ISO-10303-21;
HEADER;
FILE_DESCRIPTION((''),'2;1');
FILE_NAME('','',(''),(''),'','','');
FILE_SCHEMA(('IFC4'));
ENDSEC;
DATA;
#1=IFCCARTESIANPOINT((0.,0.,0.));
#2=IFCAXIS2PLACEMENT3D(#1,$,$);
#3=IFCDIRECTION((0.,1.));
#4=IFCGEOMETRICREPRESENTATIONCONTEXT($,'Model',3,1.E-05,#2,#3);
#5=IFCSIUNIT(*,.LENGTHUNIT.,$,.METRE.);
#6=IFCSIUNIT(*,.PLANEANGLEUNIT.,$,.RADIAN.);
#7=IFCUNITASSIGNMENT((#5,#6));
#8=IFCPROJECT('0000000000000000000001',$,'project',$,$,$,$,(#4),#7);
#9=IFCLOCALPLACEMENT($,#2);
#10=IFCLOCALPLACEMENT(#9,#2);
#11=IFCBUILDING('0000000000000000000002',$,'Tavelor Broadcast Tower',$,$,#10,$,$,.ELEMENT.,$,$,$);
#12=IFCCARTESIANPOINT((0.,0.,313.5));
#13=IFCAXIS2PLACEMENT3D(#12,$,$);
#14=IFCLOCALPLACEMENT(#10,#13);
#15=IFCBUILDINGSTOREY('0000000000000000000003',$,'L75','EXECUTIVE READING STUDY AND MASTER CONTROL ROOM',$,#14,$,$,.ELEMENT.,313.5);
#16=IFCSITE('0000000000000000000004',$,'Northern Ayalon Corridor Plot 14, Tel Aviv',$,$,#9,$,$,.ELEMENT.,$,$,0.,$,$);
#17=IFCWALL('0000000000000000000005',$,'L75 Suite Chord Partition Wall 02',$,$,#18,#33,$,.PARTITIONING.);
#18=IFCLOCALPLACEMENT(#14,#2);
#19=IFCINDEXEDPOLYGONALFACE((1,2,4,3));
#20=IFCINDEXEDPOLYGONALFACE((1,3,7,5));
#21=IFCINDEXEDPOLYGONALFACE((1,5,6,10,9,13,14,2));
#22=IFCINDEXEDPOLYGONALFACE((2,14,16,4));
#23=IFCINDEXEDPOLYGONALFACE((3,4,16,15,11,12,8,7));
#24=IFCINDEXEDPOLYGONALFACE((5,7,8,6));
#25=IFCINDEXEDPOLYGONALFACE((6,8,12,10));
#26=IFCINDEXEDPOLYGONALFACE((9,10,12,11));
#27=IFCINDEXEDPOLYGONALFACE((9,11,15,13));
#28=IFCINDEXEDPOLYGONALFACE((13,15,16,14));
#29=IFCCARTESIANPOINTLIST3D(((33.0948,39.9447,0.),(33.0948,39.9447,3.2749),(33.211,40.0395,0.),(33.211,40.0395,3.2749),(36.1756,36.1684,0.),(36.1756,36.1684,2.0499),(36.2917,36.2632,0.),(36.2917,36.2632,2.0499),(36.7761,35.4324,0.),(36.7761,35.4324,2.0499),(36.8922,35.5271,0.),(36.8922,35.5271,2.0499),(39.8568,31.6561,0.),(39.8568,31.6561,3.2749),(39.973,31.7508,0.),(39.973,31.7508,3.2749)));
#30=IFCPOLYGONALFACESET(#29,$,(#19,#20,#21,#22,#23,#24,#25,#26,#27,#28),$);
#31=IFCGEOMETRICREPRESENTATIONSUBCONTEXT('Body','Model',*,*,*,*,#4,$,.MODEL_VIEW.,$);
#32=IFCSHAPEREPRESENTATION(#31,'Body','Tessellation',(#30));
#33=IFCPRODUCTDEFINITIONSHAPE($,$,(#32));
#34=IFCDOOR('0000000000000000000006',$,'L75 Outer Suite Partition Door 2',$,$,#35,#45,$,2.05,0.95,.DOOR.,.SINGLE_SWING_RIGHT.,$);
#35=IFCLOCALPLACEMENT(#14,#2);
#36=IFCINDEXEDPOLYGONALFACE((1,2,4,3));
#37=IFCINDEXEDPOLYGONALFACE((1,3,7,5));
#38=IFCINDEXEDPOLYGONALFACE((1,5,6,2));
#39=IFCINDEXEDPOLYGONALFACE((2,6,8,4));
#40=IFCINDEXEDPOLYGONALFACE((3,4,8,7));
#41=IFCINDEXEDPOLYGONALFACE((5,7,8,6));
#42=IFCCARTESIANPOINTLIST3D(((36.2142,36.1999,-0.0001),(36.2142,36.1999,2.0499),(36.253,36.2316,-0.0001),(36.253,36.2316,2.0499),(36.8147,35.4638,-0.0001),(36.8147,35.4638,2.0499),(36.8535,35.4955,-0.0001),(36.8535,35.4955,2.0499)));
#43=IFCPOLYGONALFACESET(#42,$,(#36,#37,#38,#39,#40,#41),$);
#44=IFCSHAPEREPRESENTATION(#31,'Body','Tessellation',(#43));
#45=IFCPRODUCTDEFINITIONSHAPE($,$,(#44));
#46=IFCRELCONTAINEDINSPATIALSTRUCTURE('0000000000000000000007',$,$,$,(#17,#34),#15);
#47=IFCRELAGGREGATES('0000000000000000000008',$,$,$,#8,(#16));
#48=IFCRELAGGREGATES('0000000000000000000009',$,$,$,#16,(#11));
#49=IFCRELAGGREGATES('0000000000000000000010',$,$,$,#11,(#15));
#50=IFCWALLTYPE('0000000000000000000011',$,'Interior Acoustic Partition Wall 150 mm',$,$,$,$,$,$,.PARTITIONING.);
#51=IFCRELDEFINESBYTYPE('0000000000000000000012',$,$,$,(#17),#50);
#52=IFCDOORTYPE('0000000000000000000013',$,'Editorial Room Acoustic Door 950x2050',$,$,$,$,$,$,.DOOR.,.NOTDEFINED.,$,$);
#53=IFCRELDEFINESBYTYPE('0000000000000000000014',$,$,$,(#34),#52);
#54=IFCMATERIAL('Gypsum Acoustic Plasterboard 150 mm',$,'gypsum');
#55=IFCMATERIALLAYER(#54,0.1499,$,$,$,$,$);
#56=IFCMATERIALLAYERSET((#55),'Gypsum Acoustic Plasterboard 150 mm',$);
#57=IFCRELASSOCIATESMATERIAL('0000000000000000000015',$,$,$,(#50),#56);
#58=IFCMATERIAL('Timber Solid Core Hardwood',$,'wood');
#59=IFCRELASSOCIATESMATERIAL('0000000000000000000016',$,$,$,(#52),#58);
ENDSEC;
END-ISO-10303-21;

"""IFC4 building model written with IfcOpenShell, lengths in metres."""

from ifc_helpers import new_model, si_unit, direction, frame, frame_2d, origin, place, context, subcontext, project, spatial, rectangle, extrude, material, layer, layer_set, type_object, element, fill, save


model = new_model("IFC4")

# Units and contexts
model_context = context("Model", 3, precision=1e-05, world=origin(), true_north=direction((0.0, 1.0)))
body_context = subcontext(model_context, "Body", "Model", "MODEL_VIEW")
ifc_project = project(units=[si_unit("LENGTHUNIT", "METRE"), si_unit("PLANEANGLEUNIT", "RADIAN")], contexts=[model_context])

# Site, building, storey
site_placement = place(None, origin())
site = spatial("IfcSite", under=ifc_project, at=site_placement, Name="Northern Ayalon Corridor Plot 14, Tel Aviv", CompositionType="ELEMENT", RefElevation=0.0)
building_placement = place(site_placement, origin())
building = spatial("IfcBuilding", under=site, at=building_placement, Name="Tavelor Broadcast Tower", CompositionType="ELEMENT")
storey_placement = place(building_placement, frame((0.0, 0.0, 313.5)))
storey = spatial("IfcBuildingStorey", under=building, at=storey_placement, Name="L75", Description="EXECUTIVE READING STUDY AND MASTER CONTROL ROOM", CompositionType="ELEMENT", Elevation=313.5)

# Shared definitions
ifc_material_1 = material(Name="Gypsum Acoustic Plasterboard 150 mm", Category="gypsum")
ifc_layer_1 = layer(ifc_material_1, 0.1499)
ifc_layer_set_1 = layer_set([ifc_layer_1], Name="Gypsum Acoustic Plasterboard 150 mm")
wall_type_1 = type_object("IfcWallType", Name="Interior Acoustic Partition Wall 150 mm", PredefinedType="PARTITIONING", material=ifc_layer_set_1)
ifc_material_2 = material(Name="Timber Solid Core Hardwood", Category="wood")

# Wall, opening, door
wall_1_placement = place(storey_placement, frame((33.1528, 39.9922, 0.0), z_axis=(0.0, 0.0, 1.0), x_axis=(0.63214, -0.774854, 0.0)))
wall_1 = element("IfcWall", 1, at=wall_1_placement, inside=storey, type_object=wall_type_1, Name="L75 Suite Chord Partition Wall 02", PredefinedType="PARTITIONING", context=body_context, shape_type="SweptSolid", body=[
    extrude(rectangle(XDim=10.697, YDim=0.1499, at=frame_2d((5.3486, 0.0))), origin(), (0.0, 0.0, 1.0), 3.2749),
])
opening_1_placement = place(wall_1_placement, frame((4.8735, 0.0, 0.0)))
opening_1 = element("IfcOpeningElement", 2, at=opening_1_placement, cuts=wall_1, PredefinedType="OPENING", context=body_context, shape_type="SweptSolid", body=[
    extrude(rectangle(XDim=0.95, YDim=2.05, at=frame_2d((0.4751, 1.0249))), frame((0.0, 0.085, 0.0), z_axis=(0.0, -1.0, 0.0), x_axis=(1.0, 0.0, 0.0)), (0.0, 0.0, 1.0), 0.1699),
])
door_type_1 = type_object("IfcDoorType", Name="Editorial Room Acoustic Door 950x2050", OperationType="NOTDEFINED", PredefinedType="DOOR", material=ifc_material_2)
door_1_placement = place(opening_1_placement, origin())
door_1 = element("IfcDoor", 3, at=door_1_placement, inside=storey, type_object=door_type_1, Name="L75 Outer Suite Partition Door 2", OperationType="SINGLE_SWING_RIGHT", OverallHeight=2.05, OverallWidth=0.95, PredefinedType="DOOR", context=body_context, shape_type="SweptSolid", body=[
    extrude(rectangle(XDim=0.95, YDim=2.05, at=frame_2d((0.4751, 1.0249))), frame((0.0, 0.0249, 0.0), z_axis=(0.0, -1.0, 0.0), x_axis=(1.0, 0.0, 0.0)), (0.0, 0.0, 1.0), 0.05),
])
fill(opening_1, door_1)

save(model, "model.ifc")
